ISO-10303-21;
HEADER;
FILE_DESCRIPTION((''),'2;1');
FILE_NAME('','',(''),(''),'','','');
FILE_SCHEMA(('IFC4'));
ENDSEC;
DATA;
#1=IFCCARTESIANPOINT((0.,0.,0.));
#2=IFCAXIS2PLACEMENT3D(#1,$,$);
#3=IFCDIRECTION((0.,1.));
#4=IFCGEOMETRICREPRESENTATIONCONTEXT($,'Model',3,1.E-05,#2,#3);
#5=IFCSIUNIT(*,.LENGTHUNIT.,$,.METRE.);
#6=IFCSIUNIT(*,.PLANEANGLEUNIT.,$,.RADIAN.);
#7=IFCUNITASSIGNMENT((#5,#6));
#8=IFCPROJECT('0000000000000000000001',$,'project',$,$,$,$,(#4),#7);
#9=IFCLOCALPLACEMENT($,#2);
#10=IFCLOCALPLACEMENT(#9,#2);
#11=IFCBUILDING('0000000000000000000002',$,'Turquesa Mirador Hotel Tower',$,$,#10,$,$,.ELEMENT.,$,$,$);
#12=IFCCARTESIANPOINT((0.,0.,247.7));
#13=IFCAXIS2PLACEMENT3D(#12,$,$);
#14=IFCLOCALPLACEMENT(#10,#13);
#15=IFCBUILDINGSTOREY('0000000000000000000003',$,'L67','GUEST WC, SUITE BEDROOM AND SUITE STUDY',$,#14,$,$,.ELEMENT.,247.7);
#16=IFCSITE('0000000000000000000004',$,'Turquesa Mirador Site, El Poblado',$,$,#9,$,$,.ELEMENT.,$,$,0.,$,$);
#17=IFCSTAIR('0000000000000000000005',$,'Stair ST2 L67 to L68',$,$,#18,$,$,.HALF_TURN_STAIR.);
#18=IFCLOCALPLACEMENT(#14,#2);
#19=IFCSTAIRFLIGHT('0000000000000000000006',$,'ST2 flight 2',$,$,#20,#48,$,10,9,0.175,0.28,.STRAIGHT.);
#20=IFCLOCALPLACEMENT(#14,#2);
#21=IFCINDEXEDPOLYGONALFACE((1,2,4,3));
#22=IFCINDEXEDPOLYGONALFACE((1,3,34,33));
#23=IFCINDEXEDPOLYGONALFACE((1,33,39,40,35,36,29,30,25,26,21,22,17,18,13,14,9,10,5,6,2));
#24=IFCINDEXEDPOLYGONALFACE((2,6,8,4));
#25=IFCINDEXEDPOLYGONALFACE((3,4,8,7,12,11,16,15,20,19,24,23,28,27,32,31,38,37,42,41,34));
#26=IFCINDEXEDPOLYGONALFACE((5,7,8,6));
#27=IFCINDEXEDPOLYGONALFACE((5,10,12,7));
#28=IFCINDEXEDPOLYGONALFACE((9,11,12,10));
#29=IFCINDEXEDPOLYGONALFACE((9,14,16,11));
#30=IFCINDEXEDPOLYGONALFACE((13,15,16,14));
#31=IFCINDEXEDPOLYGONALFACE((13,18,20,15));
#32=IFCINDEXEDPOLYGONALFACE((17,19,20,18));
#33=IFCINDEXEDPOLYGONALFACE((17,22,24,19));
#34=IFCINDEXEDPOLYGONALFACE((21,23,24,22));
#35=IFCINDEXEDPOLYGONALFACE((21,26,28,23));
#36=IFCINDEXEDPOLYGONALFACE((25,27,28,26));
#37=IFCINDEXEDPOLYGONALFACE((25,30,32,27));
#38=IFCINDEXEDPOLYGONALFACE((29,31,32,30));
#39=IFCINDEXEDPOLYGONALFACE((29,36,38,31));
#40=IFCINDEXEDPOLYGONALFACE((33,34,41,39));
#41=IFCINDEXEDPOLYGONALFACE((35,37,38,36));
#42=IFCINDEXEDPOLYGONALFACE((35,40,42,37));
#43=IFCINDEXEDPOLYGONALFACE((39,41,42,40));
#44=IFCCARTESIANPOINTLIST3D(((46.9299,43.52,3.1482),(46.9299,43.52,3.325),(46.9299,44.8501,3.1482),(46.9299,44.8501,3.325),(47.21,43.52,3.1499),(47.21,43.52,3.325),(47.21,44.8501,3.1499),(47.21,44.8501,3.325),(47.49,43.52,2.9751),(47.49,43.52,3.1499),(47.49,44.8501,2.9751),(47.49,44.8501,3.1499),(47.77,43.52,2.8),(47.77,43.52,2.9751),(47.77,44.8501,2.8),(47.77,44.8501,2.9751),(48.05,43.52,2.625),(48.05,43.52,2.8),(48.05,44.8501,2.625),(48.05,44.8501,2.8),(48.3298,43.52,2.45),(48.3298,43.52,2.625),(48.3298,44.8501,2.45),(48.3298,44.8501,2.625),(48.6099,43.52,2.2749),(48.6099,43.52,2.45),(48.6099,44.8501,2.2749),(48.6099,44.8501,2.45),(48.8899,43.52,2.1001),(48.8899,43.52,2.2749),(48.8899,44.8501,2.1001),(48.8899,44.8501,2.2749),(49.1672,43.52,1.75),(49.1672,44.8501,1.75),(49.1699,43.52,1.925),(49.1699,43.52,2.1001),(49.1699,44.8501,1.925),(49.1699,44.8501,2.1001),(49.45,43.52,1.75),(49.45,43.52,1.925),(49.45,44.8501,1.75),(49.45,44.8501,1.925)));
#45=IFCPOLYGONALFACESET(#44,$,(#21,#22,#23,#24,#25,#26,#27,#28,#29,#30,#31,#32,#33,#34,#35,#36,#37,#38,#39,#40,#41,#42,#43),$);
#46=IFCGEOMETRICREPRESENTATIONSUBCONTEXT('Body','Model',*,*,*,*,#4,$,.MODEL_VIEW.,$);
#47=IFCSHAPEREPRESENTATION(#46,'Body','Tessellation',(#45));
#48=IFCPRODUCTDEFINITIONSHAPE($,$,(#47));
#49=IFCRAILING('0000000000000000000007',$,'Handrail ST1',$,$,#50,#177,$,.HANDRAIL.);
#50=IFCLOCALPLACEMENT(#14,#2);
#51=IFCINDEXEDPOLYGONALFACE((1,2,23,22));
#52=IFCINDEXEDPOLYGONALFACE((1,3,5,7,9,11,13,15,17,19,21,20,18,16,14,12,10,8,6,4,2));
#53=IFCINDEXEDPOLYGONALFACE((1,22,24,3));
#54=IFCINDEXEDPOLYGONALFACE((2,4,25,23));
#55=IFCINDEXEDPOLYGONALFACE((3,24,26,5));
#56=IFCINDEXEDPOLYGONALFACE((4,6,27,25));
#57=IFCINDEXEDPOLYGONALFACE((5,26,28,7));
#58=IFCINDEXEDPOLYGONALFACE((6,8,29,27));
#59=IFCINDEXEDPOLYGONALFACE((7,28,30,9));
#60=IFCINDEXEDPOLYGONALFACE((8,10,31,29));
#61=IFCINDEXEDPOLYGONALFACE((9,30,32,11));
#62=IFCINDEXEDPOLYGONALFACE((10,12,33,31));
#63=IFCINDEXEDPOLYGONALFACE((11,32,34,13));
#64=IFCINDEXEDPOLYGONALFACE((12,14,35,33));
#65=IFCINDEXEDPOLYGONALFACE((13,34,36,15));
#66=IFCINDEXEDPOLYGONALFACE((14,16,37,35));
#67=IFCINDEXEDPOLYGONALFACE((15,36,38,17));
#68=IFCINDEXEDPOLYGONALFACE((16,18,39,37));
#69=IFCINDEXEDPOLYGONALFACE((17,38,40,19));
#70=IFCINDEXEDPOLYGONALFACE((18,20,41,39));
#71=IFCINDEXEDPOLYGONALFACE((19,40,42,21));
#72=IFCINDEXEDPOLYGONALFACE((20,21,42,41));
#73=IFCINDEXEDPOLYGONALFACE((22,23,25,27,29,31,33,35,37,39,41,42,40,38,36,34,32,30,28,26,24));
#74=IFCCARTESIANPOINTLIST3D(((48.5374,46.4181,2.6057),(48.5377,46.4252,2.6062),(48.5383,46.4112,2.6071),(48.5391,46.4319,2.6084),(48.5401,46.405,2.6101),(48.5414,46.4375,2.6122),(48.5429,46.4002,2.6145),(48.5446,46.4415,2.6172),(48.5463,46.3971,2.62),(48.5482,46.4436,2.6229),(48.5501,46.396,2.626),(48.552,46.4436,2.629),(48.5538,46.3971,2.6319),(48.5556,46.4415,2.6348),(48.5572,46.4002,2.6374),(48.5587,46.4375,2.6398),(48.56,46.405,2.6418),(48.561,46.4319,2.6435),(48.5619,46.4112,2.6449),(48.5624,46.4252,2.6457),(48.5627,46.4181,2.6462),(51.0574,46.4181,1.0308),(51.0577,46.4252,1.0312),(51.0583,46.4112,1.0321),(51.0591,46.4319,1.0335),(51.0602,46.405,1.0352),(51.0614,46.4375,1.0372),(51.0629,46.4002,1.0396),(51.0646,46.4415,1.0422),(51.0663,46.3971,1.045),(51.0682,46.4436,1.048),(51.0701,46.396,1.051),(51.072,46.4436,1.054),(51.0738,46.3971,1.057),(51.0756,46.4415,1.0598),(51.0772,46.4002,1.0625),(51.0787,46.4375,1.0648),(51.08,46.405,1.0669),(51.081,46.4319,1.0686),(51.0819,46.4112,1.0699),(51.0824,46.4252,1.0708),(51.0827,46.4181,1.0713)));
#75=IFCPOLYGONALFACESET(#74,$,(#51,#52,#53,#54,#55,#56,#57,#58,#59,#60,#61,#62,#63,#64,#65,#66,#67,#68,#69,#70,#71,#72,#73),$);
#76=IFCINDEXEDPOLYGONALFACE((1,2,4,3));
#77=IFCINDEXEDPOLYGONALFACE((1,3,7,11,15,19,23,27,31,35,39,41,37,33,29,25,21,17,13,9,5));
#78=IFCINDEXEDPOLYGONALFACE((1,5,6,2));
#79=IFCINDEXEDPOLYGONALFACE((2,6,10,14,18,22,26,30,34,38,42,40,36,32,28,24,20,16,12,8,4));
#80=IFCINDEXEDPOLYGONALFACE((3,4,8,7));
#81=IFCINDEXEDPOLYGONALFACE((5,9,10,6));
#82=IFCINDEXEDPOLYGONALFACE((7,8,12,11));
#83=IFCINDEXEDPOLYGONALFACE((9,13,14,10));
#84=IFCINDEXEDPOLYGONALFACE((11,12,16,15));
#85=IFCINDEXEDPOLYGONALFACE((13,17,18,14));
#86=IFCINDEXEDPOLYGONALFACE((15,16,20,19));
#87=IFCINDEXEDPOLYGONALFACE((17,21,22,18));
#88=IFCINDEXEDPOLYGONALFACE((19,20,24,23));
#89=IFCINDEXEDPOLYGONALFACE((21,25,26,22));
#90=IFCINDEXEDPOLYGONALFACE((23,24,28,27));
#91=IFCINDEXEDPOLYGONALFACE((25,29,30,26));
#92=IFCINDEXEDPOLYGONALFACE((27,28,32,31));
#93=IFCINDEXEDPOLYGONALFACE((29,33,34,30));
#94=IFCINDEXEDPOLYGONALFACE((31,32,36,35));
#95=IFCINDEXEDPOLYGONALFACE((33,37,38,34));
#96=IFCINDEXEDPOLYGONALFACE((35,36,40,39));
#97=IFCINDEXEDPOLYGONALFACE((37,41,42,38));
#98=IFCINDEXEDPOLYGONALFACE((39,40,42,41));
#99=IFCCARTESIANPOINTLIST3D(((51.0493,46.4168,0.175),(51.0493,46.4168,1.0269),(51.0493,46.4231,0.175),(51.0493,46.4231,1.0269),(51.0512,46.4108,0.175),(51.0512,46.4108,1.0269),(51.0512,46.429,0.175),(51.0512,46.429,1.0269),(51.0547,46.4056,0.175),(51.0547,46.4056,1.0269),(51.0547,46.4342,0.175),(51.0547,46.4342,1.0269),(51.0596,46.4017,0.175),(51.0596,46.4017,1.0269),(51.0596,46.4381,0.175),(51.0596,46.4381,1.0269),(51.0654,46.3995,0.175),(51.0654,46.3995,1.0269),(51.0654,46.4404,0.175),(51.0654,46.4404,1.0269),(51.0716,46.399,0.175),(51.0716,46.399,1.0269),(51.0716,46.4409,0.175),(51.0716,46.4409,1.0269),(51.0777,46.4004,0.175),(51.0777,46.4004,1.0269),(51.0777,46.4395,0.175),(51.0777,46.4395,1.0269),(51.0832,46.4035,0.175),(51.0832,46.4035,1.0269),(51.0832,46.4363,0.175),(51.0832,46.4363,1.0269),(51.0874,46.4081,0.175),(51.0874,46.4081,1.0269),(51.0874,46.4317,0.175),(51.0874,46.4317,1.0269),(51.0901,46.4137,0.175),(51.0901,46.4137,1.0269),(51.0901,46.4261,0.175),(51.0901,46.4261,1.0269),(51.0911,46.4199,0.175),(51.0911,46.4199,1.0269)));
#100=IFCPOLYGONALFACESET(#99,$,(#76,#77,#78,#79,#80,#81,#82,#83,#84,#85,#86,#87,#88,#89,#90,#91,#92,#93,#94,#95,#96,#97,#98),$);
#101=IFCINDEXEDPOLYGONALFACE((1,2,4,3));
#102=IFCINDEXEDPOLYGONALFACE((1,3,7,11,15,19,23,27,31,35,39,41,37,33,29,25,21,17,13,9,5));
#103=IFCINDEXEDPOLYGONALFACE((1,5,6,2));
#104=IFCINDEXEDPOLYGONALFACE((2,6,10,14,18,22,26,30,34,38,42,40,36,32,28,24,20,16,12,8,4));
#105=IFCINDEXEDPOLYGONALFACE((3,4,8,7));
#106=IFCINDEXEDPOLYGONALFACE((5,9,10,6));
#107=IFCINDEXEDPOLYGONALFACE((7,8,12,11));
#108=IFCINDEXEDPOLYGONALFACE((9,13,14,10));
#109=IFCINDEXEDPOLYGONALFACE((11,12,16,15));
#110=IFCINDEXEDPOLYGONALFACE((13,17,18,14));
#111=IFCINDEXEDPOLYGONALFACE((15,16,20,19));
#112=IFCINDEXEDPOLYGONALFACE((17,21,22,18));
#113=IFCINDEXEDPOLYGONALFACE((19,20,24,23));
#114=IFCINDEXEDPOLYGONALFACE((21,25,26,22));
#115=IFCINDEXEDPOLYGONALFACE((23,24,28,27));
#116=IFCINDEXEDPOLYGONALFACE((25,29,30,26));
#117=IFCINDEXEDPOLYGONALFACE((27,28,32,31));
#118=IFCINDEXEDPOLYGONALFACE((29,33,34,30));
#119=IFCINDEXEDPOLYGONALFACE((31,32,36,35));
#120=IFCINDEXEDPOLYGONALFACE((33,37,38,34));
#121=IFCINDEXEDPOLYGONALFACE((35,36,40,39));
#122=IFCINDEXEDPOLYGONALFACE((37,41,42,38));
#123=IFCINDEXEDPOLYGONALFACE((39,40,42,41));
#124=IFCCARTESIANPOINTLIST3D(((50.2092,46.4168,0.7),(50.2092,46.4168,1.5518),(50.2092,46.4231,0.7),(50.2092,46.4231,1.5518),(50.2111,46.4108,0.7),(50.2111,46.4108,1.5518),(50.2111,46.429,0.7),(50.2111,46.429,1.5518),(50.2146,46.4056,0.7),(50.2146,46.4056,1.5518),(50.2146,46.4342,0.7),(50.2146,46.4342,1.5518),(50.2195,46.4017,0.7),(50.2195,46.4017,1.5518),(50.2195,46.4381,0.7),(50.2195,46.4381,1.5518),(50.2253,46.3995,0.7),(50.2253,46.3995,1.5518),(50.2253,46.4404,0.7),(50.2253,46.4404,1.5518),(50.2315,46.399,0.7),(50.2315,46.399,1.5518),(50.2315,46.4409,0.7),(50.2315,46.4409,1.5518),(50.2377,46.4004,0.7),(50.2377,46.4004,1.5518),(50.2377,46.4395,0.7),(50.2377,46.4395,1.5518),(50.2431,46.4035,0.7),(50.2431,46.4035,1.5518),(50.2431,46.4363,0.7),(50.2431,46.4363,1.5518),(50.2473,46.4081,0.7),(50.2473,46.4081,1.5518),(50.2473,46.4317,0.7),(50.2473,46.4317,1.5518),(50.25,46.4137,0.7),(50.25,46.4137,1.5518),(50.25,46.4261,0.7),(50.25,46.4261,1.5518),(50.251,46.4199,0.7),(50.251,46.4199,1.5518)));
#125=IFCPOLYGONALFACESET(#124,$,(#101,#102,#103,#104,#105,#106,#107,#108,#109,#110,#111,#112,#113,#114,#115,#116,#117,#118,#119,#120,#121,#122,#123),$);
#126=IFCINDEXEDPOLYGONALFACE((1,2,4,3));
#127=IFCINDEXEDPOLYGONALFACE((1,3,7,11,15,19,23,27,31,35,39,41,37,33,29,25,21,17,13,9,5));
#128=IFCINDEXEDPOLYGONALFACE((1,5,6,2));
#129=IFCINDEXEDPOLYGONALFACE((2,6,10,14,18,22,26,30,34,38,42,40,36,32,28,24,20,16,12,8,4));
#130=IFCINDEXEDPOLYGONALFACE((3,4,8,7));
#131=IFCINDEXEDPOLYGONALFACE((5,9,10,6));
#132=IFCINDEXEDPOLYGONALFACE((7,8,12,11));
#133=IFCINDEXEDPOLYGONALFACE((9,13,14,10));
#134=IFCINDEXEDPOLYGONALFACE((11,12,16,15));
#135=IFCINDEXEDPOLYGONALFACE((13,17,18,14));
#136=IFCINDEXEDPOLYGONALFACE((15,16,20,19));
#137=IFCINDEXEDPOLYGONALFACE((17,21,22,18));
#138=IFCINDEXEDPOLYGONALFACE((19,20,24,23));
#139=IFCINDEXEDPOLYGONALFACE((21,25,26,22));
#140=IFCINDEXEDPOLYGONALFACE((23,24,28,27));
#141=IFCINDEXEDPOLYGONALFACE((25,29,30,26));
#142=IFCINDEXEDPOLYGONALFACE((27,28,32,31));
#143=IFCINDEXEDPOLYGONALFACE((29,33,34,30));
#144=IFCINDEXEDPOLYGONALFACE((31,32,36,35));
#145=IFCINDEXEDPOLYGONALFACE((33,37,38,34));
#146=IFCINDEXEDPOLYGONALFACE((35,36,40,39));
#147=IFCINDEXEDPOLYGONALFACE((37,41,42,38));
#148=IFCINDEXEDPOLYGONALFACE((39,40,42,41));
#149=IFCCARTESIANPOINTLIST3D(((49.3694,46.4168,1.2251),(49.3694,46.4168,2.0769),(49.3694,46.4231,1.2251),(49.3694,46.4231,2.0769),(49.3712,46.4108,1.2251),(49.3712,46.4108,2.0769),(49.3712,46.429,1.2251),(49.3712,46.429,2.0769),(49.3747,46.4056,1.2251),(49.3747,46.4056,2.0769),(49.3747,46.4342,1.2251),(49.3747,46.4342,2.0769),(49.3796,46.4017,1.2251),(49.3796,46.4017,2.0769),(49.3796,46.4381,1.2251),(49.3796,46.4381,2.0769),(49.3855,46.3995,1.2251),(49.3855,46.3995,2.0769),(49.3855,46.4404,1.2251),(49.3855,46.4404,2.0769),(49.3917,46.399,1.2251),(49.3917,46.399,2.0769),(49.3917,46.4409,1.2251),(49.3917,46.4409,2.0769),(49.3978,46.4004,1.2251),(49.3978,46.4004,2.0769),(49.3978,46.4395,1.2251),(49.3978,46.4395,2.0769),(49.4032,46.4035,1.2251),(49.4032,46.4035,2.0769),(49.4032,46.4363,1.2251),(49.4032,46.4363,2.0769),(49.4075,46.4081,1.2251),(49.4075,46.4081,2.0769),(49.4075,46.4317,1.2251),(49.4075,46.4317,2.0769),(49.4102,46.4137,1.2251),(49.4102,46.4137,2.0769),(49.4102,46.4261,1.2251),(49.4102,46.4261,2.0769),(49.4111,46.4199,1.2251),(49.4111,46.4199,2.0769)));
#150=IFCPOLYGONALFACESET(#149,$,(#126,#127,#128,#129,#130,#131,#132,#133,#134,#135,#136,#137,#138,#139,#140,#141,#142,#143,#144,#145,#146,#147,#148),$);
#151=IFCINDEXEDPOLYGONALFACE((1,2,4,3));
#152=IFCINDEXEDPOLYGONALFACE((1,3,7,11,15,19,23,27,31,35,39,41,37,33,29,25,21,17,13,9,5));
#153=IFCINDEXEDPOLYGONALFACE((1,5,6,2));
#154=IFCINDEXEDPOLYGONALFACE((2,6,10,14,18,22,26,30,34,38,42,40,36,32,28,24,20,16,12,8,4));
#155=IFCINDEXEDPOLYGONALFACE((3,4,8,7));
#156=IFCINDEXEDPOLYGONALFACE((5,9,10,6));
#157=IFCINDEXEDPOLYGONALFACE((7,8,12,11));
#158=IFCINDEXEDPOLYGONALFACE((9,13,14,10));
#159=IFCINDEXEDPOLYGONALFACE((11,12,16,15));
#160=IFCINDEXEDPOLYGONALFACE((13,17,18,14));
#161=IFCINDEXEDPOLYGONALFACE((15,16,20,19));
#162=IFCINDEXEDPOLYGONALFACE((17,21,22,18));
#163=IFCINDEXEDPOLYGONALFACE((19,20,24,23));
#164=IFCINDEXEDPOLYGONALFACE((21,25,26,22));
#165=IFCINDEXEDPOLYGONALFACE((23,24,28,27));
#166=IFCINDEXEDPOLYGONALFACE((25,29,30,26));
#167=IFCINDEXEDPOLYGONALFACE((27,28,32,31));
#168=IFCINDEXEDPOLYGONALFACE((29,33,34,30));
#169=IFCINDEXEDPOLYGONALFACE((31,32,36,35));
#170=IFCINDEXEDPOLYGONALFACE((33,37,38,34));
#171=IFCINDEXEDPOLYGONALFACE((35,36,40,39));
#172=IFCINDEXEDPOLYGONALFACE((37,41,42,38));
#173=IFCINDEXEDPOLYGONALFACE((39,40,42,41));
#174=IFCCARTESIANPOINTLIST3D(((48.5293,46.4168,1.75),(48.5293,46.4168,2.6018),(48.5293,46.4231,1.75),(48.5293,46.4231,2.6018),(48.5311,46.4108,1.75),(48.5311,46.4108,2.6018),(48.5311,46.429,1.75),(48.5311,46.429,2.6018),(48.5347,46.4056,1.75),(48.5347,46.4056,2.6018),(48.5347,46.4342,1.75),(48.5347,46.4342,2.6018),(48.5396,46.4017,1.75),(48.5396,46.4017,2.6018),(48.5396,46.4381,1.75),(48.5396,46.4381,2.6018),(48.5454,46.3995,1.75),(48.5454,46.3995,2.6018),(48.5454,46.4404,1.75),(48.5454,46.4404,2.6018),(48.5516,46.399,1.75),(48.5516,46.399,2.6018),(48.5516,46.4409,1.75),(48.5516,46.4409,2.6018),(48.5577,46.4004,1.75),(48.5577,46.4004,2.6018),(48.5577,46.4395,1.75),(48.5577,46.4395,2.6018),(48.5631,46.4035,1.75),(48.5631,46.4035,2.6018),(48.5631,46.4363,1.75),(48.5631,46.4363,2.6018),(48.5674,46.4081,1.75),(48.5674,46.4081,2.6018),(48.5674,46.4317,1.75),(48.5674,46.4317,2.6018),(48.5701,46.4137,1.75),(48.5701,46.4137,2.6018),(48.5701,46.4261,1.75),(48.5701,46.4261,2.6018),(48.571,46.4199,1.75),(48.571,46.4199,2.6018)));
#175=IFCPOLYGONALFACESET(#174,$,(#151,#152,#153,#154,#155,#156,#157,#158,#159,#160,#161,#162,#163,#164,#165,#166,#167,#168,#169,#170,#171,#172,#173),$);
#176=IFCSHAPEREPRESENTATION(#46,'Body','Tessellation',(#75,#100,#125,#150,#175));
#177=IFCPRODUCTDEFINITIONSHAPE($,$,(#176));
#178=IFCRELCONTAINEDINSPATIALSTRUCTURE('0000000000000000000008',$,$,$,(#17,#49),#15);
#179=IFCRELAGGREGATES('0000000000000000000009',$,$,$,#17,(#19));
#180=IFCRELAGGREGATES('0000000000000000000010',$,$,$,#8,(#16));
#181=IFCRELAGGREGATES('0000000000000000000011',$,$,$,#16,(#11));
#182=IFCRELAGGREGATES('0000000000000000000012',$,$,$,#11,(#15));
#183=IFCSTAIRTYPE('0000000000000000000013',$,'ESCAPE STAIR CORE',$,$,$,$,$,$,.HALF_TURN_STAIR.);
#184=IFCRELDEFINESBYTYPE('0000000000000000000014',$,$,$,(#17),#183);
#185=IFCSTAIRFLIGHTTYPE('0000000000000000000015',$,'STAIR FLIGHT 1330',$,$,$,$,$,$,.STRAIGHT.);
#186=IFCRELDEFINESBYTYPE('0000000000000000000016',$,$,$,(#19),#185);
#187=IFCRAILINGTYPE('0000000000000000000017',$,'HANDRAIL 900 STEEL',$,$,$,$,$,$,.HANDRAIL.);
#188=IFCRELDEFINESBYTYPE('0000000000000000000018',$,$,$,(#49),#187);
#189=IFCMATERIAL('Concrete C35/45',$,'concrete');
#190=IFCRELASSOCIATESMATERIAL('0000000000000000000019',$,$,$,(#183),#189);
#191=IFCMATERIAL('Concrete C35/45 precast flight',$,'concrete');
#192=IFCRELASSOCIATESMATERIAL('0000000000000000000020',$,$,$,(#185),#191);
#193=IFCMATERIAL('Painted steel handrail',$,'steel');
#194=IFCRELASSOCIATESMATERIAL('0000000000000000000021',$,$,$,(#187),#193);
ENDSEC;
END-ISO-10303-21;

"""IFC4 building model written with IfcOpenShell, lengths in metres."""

from ifc_helpers import new_model, si_unit, direction, frame, origin, origin_2d, place, context, subcontext, project, spatial, polyline, circle, outline, extrude, material, type_object, element, aggregate, save


model = new_model("IFC4")

# Units and contexts
model_context = context("Model", 3, precision=1e-05, world=origin(), true_north=direction((0.0, 1.0)))
body_context = subcontext(model_context, "Body", "Model", "MODEL_VIEW")
ifc_project = project(units=[si_unit("LENGTHUNIT", "METRE"), si_unit("PLANEANGLEUNIT", "RADIAN")], contexts=[model_context])

# Site, building, storey
site_placement = place(None, origin())
site = spatial("IfcSite", under=ifc_project, at=site_placement, Name="Turquesa Mirador Site, El Poblado", CompositionType="ELEMENT", RefElevation=0.0)
building_placement = place(site_placement, origin())
building = spatial("IfcBuilding", under=site, at=building_placement, Name="Turquesa Mirador Hotel Tower", CompositionType="ELEMENT")
storey_placement = place(building_placement, frame((0.0, 0.0, 247.7)))
storey = spatial("IfcBuildingStorey", under=building, at=storey_placement, Name="L67", Description="GUEST WC, SUITE BEDROOM AND SUITE STUDY", CompositionType="ELEMENT", Elevation=247.7)

# Shared definitions
ifc_material_1 = material(Name="Concrete C35/45", Category="concrete")
stair_type = type_object("IfcStairType", Name="ESCAPE STAIR CORE", PredefinedType="HALF_TURN_STAIR", material=ifc_material_1)
ifc_material_2 = material(Name="Concrete C35/45 precast flight", Category="concrete")
stair_flight_type = type_object("IfcStairFlightType", Name="STAIR FLIGHT 1330", PredefinedType="STRAIGHT", material=ifc_material_2)

# Stair, stair flight
stair_1_placement = place(storey_placement, origin())
stair_1 = element("IfcStair", 1, at=stair_1_placement, inside=storey, type_object=stair_type, Name="Stair ST2 L67 to L68", PredefinedType="HALF_TURN_STAIR")
stair_flight_1_placement = place(storey_placement, frame((49.45, 44.1851, 1.75), z_axis=(0.0, 0.0, 1.0), x_axis=(-1.0, 0.0, 0.0)))
stair_flight_1 = element("IfcStairFlight", 2, at=stair_flight_1_placement, type_object=stair_flight_type, Name="ST2 flight 2", NumberOfRisers=10, NumberOfTreads=9, PredefinedType="STRAIGHT", RiserHeight=0.175, TreadLength=0.28, context=body_context, shape_type="SweptSolid", body=[
    extrude(outline(polyline([(0.0, 0.0), (0.0, 0.175), (0.28, 0.175), (0.28, 0.3501), (0.5601, 0.3501), (0.5601, 0.5249), (0.8401, 0.5249), (0.8401, 0.7), (1.1201, 0.7), (1.1201, 0.875), (1.3999, 0.875), (1.3999, 1.05), (1.6799, 1.05), (1.6799, 1.2251), (1.96, 1.2251), (1.96, 1.3999), (2.24, 1.3999), (2.24, 1.575), (2.52, 1.575), (2.52, 1.75), (2.52, 1.3982), (0.2827, 0.0), (0.0, 0.0)])), frame((0.0, 0.665, 0.0), z_axis=(0.0, -1.0, 0.0), x_axis=(1.0, 0.0, 0.0)), (0.0, 0.0, 1.0), 1.3301),
])
aggregate(stair_1, [stair_flight_1])

# Railing
ifc_material_3 = material(Name="Painted steel handrail", Category="steel")
railing_type = type_object("IfcRailingType", Name="HANDRAIL 900 STEEL", PredefinedType="HANDRAIL", material=ifc_material_3)
railing_1_placement = place(storey_placement, frame((51.0701, 46.4199, 0.175)))
element("IfcRailing", 3, at=railing_1_placement, inside=storey, type_object=railing_type, Name="Handrail ST1", PredefinedType="HANDRAIL", context=body_context, shape_type="SweptSolid", body=[
    extrude(circle(Radius=0.0239, at=origin_2d()), frame((0.0, 0.0, 0.876), z_axis=(-0.848008, 0.0, 0.529984), x_axis=(0.0, -1.0, 0.0)), (0.0, 0.0, 1.0), 2.9717),
    extrude(circle(Radius=0.021, at=origin_2d()), origin(), (0.0, 0.0, 1.0), 0.8518),
    extrude(circle(Radius=0.021, at=origin_2d()), frame((-0.8401, 0.0, 0.5249)), (0.0, 0.0, 1.0), 0.8518),
    extrude(circle(Radius=0.021, at=origin_2d()), frame((-1.6799, 0.0, 1.05)), (0.0, 0.0, 1.0), 0.8518),
    extrude(circle(Radius=0.021, at=origin_2d()), frame((-2.52, 0.0, 1.575)), (0.0, 0.0, 1.0), 0.8518),
])

save(model, "model.ifc")
